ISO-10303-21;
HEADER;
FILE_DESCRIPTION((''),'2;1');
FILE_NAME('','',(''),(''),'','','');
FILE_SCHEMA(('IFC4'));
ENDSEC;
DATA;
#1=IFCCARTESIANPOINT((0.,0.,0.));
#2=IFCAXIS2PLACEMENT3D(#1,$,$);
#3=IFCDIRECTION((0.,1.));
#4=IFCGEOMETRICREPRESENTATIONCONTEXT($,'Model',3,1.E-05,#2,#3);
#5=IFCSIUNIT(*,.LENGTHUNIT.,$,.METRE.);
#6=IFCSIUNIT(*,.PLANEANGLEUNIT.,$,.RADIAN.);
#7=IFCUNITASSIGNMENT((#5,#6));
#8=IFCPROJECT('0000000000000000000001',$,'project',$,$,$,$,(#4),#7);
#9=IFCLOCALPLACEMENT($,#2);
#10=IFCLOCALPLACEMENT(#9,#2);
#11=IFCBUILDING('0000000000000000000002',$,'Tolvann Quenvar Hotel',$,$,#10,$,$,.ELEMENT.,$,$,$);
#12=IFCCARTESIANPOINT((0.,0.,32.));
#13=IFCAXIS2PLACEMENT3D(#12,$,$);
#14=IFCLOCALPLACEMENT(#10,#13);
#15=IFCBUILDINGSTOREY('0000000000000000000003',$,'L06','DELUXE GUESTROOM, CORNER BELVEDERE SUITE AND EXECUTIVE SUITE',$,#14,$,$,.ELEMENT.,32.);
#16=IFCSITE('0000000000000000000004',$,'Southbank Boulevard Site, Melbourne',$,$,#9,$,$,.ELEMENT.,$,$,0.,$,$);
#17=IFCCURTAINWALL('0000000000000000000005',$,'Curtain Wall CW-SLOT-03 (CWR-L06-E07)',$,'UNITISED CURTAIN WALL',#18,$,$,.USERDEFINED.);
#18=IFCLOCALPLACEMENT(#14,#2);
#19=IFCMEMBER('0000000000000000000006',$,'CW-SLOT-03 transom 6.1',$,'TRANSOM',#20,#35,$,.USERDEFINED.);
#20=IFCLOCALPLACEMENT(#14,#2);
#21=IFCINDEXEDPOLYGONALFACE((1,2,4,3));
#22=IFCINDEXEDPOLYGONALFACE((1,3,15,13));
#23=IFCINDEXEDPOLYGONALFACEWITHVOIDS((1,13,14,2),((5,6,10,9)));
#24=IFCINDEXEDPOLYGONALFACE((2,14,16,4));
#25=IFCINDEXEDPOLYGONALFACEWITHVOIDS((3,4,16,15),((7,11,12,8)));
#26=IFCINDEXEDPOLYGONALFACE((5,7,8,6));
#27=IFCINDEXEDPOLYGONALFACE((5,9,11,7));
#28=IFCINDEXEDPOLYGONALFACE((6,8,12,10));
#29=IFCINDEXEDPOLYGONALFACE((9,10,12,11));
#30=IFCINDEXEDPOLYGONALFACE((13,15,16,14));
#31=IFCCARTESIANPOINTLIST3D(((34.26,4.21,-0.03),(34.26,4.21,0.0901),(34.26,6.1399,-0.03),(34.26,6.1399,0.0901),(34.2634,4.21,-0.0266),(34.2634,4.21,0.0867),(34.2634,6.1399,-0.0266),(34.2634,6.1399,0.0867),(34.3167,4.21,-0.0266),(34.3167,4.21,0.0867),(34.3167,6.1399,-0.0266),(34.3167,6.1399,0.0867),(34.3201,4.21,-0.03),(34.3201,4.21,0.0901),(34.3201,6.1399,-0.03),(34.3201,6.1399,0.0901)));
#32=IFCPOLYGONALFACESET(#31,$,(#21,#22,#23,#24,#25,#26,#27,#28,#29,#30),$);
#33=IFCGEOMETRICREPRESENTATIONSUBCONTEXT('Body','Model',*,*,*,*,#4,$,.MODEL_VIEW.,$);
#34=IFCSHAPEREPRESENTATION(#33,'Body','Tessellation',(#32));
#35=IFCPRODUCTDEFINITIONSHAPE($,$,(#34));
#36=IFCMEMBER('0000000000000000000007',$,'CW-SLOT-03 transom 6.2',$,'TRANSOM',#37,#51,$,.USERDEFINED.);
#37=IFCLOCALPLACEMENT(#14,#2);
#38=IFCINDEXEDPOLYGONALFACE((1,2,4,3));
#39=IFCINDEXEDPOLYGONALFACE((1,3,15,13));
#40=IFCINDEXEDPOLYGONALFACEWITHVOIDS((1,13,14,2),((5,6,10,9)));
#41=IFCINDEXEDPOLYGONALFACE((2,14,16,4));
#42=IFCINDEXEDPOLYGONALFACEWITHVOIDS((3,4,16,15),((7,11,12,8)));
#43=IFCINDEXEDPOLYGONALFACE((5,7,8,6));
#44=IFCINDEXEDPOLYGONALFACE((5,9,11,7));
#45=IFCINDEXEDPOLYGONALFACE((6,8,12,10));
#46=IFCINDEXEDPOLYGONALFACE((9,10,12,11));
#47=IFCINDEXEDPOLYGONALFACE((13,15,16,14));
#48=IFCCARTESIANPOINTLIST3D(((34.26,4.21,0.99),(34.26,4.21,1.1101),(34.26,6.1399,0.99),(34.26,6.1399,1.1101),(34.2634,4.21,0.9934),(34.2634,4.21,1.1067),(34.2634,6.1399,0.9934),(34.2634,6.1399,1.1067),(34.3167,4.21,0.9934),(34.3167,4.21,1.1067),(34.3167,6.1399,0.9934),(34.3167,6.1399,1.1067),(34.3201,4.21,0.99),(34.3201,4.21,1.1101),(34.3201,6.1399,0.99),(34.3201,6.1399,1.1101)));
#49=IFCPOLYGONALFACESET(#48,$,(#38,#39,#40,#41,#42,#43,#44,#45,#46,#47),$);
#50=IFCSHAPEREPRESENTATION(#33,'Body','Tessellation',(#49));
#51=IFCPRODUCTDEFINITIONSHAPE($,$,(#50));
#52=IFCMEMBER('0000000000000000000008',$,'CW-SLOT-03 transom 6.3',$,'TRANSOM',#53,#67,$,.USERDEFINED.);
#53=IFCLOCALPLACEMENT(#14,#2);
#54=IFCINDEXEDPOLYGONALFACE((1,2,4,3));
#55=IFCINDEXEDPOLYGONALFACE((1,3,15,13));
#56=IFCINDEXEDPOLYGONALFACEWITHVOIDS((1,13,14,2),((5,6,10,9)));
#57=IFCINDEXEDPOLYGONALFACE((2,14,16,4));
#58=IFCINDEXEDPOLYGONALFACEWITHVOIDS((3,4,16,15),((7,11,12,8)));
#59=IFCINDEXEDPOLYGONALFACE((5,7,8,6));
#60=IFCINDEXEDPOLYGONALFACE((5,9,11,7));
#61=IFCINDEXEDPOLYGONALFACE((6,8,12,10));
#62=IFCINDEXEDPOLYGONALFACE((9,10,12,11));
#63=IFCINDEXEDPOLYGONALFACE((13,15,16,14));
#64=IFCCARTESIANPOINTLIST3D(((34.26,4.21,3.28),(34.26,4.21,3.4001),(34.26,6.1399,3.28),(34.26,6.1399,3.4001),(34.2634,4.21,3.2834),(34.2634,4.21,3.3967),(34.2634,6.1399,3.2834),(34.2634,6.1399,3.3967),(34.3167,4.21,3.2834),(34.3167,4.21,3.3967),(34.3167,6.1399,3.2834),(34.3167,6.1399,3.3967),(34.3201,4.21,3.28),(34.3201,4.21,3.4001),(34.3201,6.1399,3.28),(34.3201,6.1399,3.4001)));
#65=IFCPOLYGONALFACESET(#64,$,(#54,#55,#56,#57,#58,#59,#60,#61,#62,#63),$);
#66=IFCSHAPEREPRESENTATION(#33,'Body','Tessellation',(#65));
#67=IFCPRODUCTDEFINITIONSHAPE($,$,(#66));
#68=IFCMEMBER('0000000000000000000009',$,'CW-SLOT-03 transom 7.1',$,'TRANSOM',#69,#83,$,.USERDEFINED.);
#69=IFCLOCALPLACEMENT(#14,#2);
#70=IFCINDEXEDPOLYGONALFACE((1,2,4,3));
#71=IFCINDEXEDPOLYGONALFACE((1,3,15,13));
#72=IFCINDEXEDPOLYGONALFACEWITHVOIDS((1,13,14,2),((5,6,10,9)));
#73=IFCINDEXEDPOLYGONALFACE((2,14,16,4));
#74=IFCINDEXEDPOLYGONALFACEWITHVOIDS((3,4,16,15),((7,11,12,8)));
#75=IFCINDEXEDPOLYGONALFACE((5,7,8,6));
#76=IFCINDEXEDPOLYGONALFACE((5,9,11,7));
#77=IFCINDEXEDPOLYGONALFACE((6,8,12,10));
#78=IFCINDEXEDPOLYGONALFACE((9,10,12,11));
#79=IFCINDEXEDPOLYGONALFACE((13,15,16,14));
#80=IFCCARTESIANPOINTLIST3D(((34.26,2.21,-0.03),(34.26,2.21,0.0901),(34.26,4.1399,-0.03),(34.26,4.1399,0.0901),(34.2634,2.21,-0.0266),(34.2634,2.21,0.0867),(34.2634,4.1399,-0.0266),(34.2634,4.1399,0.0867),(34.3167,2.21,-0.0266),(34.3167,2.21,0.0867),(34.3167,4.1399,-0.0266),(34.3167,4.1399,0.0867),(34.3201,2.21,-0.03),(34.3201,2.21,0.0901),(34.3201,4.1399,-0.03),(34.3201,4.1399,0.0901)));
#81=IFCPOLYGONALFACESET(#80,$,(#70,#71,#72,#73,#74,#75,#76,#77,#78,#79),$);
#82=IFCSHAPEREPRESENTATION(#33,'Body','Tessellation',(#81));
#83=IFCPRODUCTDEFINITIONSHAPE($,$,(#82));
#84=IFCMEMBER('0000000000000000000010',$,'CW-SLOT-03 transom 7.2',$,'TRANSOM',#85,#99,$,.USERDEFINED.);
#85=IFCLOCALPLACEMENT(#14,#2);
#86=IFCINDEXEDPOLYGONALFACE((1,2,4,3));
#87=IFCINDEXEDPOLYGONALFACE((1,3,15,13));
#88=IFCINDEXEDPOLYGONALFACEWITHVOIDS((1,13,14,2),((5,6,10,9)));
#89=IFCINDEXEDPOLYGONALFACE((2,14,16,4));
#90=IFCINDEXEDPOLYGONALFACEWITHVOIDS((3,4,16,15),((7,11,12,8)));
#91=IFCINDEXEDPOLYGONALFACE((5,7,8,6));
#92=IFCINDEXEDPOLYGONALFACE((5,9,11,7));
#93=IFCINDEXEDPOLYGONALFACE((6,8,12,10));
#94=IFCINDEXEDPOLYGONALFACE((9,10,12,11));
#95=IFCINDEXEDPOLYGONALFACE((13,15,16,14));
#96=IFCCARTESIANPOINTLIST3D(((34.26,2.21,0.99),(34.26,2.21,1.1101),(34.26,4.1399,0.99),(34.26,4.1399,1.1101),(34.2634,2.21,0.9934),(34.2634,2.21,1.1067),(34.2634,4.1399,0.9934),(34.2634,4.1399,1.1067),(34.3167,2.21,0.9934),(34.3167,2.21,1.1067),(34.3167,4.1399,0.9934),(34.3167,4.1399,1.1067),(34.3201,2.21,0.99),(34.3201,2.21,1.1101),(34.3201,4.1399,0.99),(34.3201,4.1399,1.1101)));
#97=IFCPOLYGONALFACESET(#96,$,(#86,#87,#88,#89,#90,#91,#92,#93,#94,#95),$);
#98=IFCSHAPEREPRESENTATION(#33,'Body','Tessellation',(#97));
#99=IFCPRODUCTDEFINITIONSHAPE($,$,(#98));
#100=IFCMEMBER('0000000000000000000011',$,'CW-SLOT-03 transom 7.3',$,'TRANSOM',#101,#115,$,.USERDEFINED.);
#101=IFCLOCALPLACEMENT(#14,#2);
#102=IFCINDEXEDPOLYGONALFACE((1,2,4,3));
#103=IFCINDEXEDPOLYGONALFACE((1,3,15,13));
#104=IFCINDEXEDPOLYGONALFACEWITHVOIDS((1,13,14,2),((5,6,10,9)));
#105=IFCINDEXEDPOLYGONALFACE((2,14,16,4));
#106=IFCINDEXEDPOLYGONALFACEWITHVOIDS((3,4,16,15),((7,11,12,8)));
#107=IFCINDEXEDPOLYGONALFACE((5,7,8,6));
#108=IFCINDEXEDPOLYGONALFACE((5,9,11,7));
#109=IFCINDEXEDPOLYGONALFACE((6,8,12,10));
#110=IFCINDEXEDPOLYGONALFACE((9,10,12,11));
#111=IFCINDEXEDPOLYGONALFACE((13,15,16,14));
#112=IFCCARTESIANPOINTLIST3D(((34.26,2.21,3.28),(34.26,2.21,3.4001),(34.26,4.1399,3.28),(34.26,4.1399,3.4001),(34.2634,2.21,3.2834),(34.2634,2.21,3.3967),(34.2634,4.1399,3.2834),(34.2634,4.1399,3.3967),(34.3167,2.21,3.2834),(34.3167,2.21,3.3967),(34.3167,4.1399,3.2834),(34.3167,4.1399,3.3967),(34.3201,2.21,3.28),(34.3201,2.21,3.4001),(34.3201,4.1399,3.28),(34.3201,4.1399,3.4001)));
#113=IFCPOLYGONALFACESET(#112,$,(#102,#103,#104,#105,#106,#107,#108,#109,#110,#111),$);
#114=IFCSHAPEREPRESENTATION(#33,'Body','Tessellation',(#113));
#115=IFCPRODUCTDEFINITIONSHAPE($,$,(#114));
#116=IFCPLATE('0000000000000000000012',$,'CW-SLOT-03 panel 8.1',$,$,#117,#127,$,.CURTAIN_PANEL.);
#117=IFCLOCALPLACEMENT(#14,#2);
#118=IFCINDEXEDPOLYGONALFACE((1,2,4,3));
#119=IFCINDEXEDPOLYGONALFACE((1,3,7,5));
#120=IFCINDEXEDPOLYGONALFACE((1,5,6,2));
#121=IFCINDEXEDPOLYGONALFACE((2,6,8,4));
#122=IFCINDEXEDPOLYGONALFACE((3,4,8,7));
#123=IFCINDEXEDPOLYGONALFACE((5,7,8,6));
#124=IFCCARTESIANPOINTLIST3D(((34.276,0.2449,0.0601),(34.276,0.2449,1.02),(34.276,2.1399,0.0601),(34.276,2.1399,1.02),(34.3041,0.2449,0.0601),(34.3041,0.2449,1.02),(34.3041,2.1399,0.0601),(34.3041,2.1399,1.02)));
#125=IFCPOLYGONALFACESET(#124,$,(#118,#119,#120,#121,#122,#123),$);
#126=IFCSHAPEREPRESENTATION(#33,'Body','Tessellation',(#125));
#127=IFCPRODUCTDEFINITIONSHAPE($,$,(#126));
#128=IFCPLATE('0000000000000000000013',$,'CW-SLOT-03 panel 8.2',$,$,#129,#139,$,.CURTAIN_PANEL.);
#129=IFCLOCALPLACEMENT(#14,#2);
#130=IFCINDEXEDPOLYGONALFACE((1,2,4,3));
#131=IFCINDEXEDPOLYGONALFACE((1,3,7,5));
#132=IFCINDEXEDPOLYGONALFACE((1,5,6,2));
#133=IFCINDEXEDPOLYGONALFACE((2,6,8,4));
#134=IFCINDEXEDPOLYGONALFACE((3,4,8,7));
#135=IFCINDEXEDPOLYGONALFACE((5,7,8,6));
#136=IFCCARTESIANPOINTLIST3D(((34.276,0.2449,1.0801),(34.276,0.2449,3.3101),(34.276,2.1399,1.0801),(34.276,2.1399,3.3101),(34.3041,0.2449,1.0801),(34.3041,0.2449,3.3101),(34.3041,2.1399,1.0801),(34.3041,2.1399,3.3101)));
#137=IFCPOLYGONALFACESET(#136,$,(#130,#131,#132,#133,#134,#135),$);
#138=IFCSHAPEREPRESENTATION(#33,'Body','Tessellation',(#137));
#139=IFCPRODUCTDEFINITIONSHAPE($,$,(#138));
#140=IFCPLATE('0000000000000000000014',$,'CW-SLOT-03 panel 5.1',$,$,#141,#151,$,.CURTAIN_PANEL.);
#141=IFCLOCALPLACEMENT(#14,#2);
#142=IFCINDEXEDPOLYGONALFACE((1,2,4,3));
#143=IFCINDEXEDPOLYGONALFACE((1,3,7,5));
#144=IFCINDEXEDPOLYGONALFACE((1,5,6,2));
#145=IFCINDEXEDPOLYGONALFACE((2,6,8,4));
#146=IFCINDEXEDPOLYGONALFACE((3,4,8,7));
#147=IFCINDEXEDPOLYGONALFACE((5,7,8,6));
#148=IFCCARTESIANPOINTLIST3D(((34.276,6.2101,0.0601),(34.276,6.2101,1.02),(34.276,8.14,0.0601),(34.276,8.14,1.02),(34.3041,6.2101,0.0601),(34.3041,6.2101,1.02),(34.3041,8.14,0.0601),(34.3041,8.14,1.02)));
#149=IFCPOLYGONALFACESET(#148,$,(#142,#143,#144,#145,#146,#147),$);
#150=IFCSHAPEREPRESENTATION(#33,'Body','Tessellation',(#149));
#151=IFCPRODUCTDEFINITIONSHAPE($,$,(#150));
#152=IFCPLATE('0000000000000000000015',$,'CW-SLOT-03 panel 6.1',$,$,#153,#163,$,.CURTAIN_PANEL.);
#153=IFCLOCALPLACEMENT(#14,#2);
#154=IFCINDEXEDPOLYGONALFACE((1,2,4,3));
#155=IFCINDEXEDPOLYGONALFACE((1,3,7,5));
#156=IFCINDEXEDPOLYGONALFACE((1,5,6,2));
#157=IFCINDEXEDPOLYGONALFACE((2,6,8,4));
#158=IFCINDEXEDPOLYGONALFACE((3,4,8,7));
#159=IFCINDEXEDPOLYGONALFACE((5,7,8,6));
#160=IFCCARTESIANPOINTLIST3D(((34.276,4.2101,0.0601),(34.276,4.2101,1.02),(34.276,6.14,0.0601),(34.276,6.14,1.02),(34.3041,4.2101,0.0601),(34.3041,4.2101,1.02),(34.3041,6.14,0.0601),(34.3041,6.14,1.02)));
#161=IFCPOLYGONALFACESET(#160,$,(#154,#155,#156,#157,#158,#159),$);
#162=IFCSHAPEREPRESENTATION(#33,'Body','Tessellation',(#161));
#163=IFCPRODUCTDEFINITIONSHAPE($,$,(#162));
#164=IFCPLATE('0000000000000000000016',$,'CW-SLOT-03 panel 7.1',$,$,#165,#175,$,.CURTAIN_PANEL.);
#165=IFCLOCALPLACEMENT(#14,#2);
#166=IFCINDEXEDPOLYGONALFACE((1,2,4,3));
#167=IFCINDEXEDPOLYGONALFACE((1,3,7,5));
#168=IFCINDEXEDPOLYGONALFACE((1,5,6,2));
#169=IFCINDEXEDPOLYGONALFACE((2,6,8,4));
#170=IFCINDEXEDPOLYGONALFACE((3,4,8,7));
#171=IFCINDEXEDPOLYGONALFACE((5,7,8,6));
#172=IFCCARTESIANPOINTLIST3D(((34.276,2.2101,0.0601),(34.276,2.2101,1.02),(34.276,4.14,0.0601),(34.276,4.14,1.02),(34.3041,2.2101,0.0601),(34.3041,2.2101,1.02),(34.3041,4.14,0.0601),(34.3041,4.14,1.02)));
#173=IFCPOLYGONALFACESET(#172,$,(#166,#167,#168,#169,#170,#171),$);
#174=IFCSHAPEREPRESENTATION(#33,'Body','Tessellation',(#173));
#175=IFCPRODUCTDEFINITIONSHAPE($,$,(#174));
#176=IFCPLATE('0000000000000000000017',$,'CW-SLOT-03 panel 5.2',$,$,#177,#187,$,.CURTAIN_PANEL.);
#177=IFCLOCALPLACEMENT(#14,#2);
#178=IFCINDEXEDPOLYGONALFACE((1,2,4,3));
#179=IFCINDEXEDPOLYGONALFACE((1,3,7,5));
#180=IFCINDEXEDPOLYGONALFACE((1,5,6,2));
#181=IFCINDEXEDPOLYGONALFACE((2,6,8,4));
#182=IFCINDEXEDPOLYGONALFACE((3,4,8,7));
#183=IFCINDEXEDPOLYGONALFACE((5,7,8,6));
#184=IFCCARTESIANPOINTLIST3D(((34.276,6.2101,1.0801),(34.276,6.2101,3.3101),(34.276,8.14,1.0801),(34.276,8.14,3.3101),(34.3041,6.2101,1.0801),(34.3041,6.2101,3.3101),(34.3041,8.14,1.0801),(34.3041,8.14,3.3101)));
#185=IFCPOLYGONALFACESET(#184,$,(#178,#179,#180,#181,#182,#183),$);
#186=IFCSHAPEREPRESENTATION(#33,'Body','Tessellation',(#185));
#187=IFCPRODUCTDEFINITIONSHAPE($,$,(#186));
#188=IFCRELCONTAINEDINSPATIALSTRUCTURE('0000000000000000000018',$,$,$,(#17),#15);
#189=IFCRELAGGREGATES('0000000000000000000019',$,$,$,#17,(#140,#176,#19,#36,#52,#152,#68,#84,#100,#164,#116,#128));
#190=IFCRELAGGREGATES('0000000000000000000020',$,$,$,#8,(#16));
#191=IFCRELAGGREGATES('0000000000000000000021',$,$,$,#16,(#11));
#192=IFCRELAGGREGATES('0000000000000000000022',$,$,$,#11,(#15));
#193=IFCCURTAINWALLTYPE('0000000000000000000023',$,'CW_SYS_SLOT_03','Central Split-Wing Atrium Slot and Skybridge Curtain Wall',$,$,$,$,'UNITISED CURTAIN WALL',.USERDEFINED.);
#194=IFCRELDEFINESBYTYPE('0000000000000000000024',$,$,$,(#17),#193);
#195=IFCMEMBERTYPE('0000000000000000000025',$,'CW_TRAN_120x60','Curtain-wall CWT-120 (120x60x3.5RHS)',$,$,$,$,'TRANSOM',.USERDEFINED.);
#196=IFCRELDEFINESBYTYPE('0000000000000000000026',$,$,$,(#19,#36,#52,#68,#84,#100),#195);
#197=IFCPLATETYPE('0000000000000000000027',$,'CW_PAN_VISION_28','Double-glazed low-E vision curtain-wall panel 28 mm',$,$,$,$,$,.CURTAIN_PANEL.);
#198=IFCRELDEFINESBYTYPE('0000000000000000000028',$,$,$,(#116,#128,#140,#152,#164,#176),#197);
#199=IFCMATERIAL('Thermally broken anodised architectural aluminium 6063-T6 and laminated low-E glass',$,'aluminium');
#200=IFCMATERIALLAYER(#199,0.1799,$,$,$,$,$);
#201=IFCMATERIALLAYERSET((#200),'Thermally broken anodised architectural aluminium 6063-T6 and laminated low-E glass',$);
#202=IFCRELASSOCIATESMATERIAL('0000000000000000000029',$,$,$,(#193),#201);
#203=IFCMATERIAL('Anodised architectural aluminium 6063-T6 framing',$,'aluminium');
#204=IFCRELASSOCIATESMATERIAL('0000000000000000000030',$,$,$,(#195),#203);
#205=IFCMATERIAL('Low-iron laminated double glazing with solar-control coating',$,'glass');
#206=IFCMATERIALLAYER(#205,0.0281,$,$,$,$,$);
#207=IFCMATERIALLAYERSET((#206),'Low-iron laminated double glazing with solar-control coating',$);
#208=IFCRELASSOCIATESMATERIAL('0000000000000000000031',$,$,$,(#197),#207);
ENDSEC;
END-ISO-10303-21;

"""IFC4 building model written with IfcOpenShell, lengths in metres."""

from ifc_helpers import new_model, si_unit, direction, frame, origin, origin_2d, place, context, subcontext, project, spatial, rectangle, hollow_rectangle, extrude, source, transform, mapped, material, layer, layer_set, material_profile, profile_set, type_object, type_shapes, element, aggregate, save


model = new_model("IFC4")

# Units and contexts
model_context = context("Model", 3, precision=1e-05, world=origin(), true_north=direction((0.0, 1.0)))
body_context = subcontext(model_context, "Body", "Model", "MODEL_VIEW")
ifc_project = project(units=[si_unit("LENGTHUNIT", "METRE"), si_unit("PLANEANGLEUNIT", "RADIAN")], contexts=[model_context])

# Site, building, storey
site_placement = place(None, origin())
site = spatial("IfcSite", under=ifc_project, at=site_placement, Name="Southbank Boulevard Site, Melbourne", CompositionType="ELEMENT", RefElevation=0.0)
building_placement = place(site_placement, origin())
building = spatial("IfcBuilding", under=site, at=building_placement, Name="Tolvann Quenvar Hotel", CompositionType="ELEMENT")
storey_placement = place(building_placement, frame((0.0, 0.0, 32.0)))
storey = spatial("IfcBuildingStorey", under=building, at=storey_placement, Name="L06", Description="DELUXE GUESTROOM, CORNER BELVEDERE SUITE AND EXECUTIVE SUITE", CompositionType="ELEMENT", Elevation=32.0)

# Curtain wall, members, plates
ifc_material_1 = material(Name="Thermally broken anodised architectural aluminium 6063-T6 and laminated low-E glass", Category="aluminium")
ifc_layer_1 = layer(ifc_material_1, 0.1799)
ifc_layer_set_1 = layer_set([ifc_layer_1], Name="Thermally broken anodised architectural aluminium 6063-T6 and laminated low-E glass")
curtain_wall_type = type_object("IfcCurtainWallType", Name="CW_SYS_SLOT_03", Description="Central Split-Wing Atrium Slot and Skybridge Curtain Wall", ElementType="UNITISED CURTAIN WALL", PredefinedType="USERDEFINED", material=ifc_layer_set_1)
curtain_wall_placement = place(storey_placement, origin())
curtain_wall = element("IfcCurtainWall", 1, at=curtain_wall_placement, inside=storey, type_object=curtain_wall_type, Name="Curtain Wall CW-SLOT-03 (CWR-L06-E07)", ObjectType="UNITISED CURTAIN WALL", PredefinedType="USERDEFINED")
ifc_material_2 = material(Name="Anodised architectural aluminium 6063-T6 framing", Category="aluminium")
ifc_material_profile_1 = material_profile(ifc_material_2, hollow_rectangle(XDim=0.0601, YDim=0.1201, WallThickness=0.0034, at=origin_2d()), Name="120x60x3.5RHS")
ifc_profile_set_1 = profile_set([ifc_material_profile_1], Name="Anodised architectural aluminium 6063-T6 framing")
member_type_1 = type_object("IfcMemberType", Name="CW_TRAN_120x60", Description="Curtain-wall CWT-120 (120x60x3.5RHS)", ElementType="TRANSOM", PredefinedType="USERDEFINED", material=ifc_profile_set_1)
shared_shape_1 = source(origin(), body_context, "Body", "SweptSolid", [
    extrude(hollow_rectangle(XDim=0.0601, YDim=0.1201, WallThickness=0.0034, at=origin_2d()), origin(), (0.0, 0.0, 1.0), 1.9299),
])
member_1_placement = place(storey_placement, frame((34.29, 6.1399, 0.03), z_axis=(0.0, -1.0, 0.0), x_axis=(1.0, 0.0, 0.0)))
member_1 = element("IfcMember", 2, at=member_1_placement, type_object=member_type_1, Name="CW-SLOT-03 transom 6.1", ObjectType="TRANSOM", PredefinedType="USERDEFINED", context=body_context, shape_type="MappedRepresentation", body=[
    mapped(shared_shape_1, transform((0.0, 0.0, 0.0), x_axis=(1.0, 0.0, 0.0), y_axis=(0.0, 1.0, 0.0), z_axis=(0.0, 0.0, 1.0), scale=1.0)),
])
member_2_placement = place(storey_placement, frame((34.29, 6.1399, 1.05), z_axis=(0.0, -1.0, 0.0), x_axis=(1.0, 0.0, 0.0)))
member_2 = element("IfcMember", 3, at=member_2_placement, type_object=member_type_1, Name="CW-SLOT-03 transom 6.2", ObjectType="TRANSOM", PredefinedType="USERDEFINED", context=body_context, shape_type="MappedRepresentation", body=[
    mapped(shared_shape_1, transform((0.0, 0.0, 0.0), x_axis=(1.0, 0.0, 0.0), y_axis=(0.0, 1.0, 0.0), z_axis=(0.0, 0.0, 1.0), scale=1.0)),
])
member_3_placement = place(storey_placement, frame((34.29, 6.1399, 3.3401), z_axis=(0.0, -1.0, 0.0), x_axis=(1.0, 0.0, 0.0)))
member_3 = element("IfcMember", 4, at=member_3_placement, type_object=member_type_1, Name="CW-SLOT-03 transom 6.3", ObjectType="TRANSOM", PredefinedType="USERDEFINED", context=body_context, shape_type="MappedRepresentation", body=[
    mapped(shared_shape_1, transform((0.0, 0.0, 0.0), x_axis=(1.0, 0.0, 0.0), y_axis=(0.0, 1.0, 0.0), z_axis=(0.0, 0.0, 1.0), scale=1.0)),
])
member_4_placement = place(storey_placement, frame((34.29, 4.1399, 0.03), z_axis=(0.0, -1.0, 0.0), x_axis=(1.0, 0.0, 0.0)))
member_4 = element("IfcMember", 5, at=member_4_placement, type_object=member_type_1, Name="CW-SLOT-03 transom 7.1", ObjectType="TRANSOM", PredefinedType="USERDEFINED", context=body_context, shape_type="MappedRepresentation", body=[
    mapped(shared_shape_1, transform((0.0, 0.0, 0.0), x_axis=(1.0, 0.0, 0.0), y_axis=(0.0, 1.0, 0.0), z_axis=(0.0, 0.0, 1.0), scale=1.0)),
])
member_5_placement = place(storey_placement, frame((34.29, 4.1399, 1.05), z_axis=(0.0, -1.0, 0.0), x_axis=(1.0, 0.0, 0.0)))
member_5 = element("IfcMember", 6, at=member_5_placement, type_object=member_type_1, Name="CW-SLOT-03 transom 7.2", ObjectType="TRANSOM", PredefinedType="USERDEFINED", context=body_context, shape_type="MappedRepresentation", body=[
    mapped(shared_shape_1, transform((0.0, 0.0, 0.0), x_axis=(1.0, 0.0, 0.0), y_axis=(0.0, 1.0, 0.0), z_axis=(0.0, 0.0, 1.0), scale=1.0)),
])
member_6_placement = place(storey_placement, frame((34.29, 4.1399, 3.3401), z_axis=(0.0, -1.0, 0.0), x_axis=(1.0, 0.0, 0.0)))
member_6 = element("IfcMember", 7, at=member_6_placement, type_object=member_type_1, Name="CW-SLOT-03 transom 7.3", ObjectType="TRANSOM", PredefinedType="USERDEFINED", context=body_context, shape_type="MappedRepresentation", body=[
    mapped(shared_shape_1, transform((0.0, 0.0, 0.0), x_axis=(1.0, 0.0, 0.0), y_axis=(0.0, 1.0, 0.0), z_axis=(0.0, 0.0, 1.0), scale=1.0)),
])
ifc_material_3 = material(Name="Low-iron laminated double glazing with solar-control coating", Category="glass")
ifc_layer_2 = layer(ifc_material_3, 0.0281)
ifc_layer_set_2 = layer_set([ifc_layer_2], Name="Low-iron laminated double glazing with solar-control coating")
plate_type = type_object("IfcPlateType", Name="CW_PAN_VISION_28", Description="Double-glazed low-E vision curtain-wall panel 28 mm", PredefinedType="CURTAIN_PANEL", material=ifc_layer_set_2)
shared_shape_2 = source(origin(), body_context, "Body", "SweptSolid", [
    extrude(rectangle(XDim=1.895, YDim=0.0281, at=origin_2d()), origin(), (0.0, 0.0, 1.0), 0.96),
])
plate_1_placement = place(storey_placement, frame((34.29, 1.1924, 0.0601), z_axis=(0.0, 0.0, 1.0), x_axis=(0.0, -1.0, 0.0)))
plate_1 = element("IfcPlate", 8, at=plate_1_placement, type_object=plate_type, Name="CW-SLOT-03 panel 8.1", PredefinedType="CURTAIN_PANEL", context=body_context, shape_type="MappedRepresentation", body=[
    mapped(shared_shape_2, transform((0.0, 0.0, 0.0), x_axis=(1.0, 0.0, 0.0), y_axis=(0.0, 1.0, 0.0), z_axis=(0.0, 0.0, 1.0), scale=1.0)),
])
shared_shape_3 = source(origin(), body_context, "Body", "SweptSolid", [
    extrude(rectangle(XDim=1.895, YDim=0.0281, at=origin_2d()), origin(), (0.0, 0.0, 1.0), 2.23),
])
plate_2_placement = place(storey_placement, frame((34.29, 1.1924, 1.0801), z_axis=(0.0, 0.0, 1.0), x_axis=(0.0, -1.0, 0.0)))
plate_2 = element("IfcPlate", 9, at=plate_2_placement, type_object=plate_type, Name="CW-SLOT-03 panel 8.2", PredefinedType="CURTAIN_PANEL", context=body_context, shape_type="MappedRepresentation", body=[
    mapped(shared_shape_3, transform((0.0, 0.0, 0.0), x_axis=(1.0, 0.0, 0.0), y_axis=(0.0, 1.0, 0.0), z_axis=(0.0, 0.0, 1.0), scale=1.0)),
])
shared_shape_4 = source(origin(), body_context, "Body", "SweptSolid", [
    extrude(rectangle(XDim=1.9299, YDim=0.0281, at=origin_2d()), origin(), (0.0, 0.0, 1.0), 0.96),
])
plate_3_placement = place(storey_placement, frame((34.29, 7.175, 0.0601), z_axis=(0.0, 0.0, 1.0), x_axis=(0.0, -1.0, 0.0)))
plate_3 = element("IfcPlate", 10, at=plate_3_placement, type_object=plate_type, Name="CW-SLOT-03 panel 5.1", PredefinedType="CURTAIN_PANEL", context=body_context, shape_type="MappedRepresentation", body=[
    mapped(shared_shape_4, transform((0.0, 0.0, 0.0), x_axis=(1.0, 0.0, 0.0), y_axis=(0.0, 1.0, 0.0), z_axis=(0.0, 0.0, 1.0), scale=1.0)),
])
plate_4_placement = place(storey_placement, frame((34.29, 5.175, 0.0601), z_axis=(0.0, 0.0, 1.0), x_axis=(0.0, -1.0, 0.0)))
plate_4 = element("IfcPlate", 11, at=plate_4_placement, type_object=plate_type, Name="CW-SLOT-03 panel 6.1", PredefinedType="CURTAIN_PANEL", context=body_context, shape_type="MappedRepresentation", body=[
    mapped(shared_shape_4, transform((0.0, 0.0, 0.0), x_axis=(1.0, 0.0, 0.0), y_axis=(0.0, 1.0, 0.0), z_axis=(0.0, 0.0, 1.0), scale=1.0)),
])
plate_5_placement = place(storey_placement, frame((34.29, 3.175, 0.0601), z_axis=(0.0, 0.0, 1.0), x_axis=(0.0, -1.0, 0.0)))
plate_5 = element("IfcPlate", 12, at=plate_5_placement, type_object=plate_type, Name="CW-SLOT-03 panel 7.1", PredefinedType="CURTAIN_PANEL", context=body_context, shape_type="MappedRepresentation", body=[
    mapped(shared_shape_4, transform((0.0, 0.0, 0.0), x_axis=(1.0, 0.0, 0.0), y_axis=(0.0, 1.0, 0.0), z_axis=(0.0, 0.0, 1.0), scale=1.0)),
])
shared_shape_5 = source(origin(), body_context, "Body", "SweptSolid", [
    extrude(rectangle(XDim=1.9299, YDim=0.0281, at=origin_2d()), origin(), (0.0, 0.0, 1.0), 2.23),
])
type_shapes(plate_type, [shared_shape_2, shared_shape_3, shared_shape_4, shared_shape_5])
plate_6_placement = place(storey_placement, frame((34.29, 7.175, 1.0801), z_axis=(0.0, 0.0, 1.0), x_axis=(0.0, -1.0, 0.0)))
plate_6 = element("IfcPlate", 13, at=plate_6_placement, type_object=plate_type, Name="CW-SLOT-03 panel 5.2", PredefinedType="CURTAIN_PANEL", context=body_context, shape_type="MappedRepresentation", body=[
    mapped(shared_shape_5, transform((0.0, 0.0, 0.0), x_axis=(1.0, 0.0, 0.0), y_axis=(0.0, 1.0, 0.0), z_axis=(0.0, 0.0, 1.0), scale=1.0)),
])
aggregate(curtain_wall, [plate_3, plate_6, member_1, member_2, member_3, plate_4, member_4, member_5, member_6, plate_5, plate_1, plate_2])

save(model, "model.ifc")
